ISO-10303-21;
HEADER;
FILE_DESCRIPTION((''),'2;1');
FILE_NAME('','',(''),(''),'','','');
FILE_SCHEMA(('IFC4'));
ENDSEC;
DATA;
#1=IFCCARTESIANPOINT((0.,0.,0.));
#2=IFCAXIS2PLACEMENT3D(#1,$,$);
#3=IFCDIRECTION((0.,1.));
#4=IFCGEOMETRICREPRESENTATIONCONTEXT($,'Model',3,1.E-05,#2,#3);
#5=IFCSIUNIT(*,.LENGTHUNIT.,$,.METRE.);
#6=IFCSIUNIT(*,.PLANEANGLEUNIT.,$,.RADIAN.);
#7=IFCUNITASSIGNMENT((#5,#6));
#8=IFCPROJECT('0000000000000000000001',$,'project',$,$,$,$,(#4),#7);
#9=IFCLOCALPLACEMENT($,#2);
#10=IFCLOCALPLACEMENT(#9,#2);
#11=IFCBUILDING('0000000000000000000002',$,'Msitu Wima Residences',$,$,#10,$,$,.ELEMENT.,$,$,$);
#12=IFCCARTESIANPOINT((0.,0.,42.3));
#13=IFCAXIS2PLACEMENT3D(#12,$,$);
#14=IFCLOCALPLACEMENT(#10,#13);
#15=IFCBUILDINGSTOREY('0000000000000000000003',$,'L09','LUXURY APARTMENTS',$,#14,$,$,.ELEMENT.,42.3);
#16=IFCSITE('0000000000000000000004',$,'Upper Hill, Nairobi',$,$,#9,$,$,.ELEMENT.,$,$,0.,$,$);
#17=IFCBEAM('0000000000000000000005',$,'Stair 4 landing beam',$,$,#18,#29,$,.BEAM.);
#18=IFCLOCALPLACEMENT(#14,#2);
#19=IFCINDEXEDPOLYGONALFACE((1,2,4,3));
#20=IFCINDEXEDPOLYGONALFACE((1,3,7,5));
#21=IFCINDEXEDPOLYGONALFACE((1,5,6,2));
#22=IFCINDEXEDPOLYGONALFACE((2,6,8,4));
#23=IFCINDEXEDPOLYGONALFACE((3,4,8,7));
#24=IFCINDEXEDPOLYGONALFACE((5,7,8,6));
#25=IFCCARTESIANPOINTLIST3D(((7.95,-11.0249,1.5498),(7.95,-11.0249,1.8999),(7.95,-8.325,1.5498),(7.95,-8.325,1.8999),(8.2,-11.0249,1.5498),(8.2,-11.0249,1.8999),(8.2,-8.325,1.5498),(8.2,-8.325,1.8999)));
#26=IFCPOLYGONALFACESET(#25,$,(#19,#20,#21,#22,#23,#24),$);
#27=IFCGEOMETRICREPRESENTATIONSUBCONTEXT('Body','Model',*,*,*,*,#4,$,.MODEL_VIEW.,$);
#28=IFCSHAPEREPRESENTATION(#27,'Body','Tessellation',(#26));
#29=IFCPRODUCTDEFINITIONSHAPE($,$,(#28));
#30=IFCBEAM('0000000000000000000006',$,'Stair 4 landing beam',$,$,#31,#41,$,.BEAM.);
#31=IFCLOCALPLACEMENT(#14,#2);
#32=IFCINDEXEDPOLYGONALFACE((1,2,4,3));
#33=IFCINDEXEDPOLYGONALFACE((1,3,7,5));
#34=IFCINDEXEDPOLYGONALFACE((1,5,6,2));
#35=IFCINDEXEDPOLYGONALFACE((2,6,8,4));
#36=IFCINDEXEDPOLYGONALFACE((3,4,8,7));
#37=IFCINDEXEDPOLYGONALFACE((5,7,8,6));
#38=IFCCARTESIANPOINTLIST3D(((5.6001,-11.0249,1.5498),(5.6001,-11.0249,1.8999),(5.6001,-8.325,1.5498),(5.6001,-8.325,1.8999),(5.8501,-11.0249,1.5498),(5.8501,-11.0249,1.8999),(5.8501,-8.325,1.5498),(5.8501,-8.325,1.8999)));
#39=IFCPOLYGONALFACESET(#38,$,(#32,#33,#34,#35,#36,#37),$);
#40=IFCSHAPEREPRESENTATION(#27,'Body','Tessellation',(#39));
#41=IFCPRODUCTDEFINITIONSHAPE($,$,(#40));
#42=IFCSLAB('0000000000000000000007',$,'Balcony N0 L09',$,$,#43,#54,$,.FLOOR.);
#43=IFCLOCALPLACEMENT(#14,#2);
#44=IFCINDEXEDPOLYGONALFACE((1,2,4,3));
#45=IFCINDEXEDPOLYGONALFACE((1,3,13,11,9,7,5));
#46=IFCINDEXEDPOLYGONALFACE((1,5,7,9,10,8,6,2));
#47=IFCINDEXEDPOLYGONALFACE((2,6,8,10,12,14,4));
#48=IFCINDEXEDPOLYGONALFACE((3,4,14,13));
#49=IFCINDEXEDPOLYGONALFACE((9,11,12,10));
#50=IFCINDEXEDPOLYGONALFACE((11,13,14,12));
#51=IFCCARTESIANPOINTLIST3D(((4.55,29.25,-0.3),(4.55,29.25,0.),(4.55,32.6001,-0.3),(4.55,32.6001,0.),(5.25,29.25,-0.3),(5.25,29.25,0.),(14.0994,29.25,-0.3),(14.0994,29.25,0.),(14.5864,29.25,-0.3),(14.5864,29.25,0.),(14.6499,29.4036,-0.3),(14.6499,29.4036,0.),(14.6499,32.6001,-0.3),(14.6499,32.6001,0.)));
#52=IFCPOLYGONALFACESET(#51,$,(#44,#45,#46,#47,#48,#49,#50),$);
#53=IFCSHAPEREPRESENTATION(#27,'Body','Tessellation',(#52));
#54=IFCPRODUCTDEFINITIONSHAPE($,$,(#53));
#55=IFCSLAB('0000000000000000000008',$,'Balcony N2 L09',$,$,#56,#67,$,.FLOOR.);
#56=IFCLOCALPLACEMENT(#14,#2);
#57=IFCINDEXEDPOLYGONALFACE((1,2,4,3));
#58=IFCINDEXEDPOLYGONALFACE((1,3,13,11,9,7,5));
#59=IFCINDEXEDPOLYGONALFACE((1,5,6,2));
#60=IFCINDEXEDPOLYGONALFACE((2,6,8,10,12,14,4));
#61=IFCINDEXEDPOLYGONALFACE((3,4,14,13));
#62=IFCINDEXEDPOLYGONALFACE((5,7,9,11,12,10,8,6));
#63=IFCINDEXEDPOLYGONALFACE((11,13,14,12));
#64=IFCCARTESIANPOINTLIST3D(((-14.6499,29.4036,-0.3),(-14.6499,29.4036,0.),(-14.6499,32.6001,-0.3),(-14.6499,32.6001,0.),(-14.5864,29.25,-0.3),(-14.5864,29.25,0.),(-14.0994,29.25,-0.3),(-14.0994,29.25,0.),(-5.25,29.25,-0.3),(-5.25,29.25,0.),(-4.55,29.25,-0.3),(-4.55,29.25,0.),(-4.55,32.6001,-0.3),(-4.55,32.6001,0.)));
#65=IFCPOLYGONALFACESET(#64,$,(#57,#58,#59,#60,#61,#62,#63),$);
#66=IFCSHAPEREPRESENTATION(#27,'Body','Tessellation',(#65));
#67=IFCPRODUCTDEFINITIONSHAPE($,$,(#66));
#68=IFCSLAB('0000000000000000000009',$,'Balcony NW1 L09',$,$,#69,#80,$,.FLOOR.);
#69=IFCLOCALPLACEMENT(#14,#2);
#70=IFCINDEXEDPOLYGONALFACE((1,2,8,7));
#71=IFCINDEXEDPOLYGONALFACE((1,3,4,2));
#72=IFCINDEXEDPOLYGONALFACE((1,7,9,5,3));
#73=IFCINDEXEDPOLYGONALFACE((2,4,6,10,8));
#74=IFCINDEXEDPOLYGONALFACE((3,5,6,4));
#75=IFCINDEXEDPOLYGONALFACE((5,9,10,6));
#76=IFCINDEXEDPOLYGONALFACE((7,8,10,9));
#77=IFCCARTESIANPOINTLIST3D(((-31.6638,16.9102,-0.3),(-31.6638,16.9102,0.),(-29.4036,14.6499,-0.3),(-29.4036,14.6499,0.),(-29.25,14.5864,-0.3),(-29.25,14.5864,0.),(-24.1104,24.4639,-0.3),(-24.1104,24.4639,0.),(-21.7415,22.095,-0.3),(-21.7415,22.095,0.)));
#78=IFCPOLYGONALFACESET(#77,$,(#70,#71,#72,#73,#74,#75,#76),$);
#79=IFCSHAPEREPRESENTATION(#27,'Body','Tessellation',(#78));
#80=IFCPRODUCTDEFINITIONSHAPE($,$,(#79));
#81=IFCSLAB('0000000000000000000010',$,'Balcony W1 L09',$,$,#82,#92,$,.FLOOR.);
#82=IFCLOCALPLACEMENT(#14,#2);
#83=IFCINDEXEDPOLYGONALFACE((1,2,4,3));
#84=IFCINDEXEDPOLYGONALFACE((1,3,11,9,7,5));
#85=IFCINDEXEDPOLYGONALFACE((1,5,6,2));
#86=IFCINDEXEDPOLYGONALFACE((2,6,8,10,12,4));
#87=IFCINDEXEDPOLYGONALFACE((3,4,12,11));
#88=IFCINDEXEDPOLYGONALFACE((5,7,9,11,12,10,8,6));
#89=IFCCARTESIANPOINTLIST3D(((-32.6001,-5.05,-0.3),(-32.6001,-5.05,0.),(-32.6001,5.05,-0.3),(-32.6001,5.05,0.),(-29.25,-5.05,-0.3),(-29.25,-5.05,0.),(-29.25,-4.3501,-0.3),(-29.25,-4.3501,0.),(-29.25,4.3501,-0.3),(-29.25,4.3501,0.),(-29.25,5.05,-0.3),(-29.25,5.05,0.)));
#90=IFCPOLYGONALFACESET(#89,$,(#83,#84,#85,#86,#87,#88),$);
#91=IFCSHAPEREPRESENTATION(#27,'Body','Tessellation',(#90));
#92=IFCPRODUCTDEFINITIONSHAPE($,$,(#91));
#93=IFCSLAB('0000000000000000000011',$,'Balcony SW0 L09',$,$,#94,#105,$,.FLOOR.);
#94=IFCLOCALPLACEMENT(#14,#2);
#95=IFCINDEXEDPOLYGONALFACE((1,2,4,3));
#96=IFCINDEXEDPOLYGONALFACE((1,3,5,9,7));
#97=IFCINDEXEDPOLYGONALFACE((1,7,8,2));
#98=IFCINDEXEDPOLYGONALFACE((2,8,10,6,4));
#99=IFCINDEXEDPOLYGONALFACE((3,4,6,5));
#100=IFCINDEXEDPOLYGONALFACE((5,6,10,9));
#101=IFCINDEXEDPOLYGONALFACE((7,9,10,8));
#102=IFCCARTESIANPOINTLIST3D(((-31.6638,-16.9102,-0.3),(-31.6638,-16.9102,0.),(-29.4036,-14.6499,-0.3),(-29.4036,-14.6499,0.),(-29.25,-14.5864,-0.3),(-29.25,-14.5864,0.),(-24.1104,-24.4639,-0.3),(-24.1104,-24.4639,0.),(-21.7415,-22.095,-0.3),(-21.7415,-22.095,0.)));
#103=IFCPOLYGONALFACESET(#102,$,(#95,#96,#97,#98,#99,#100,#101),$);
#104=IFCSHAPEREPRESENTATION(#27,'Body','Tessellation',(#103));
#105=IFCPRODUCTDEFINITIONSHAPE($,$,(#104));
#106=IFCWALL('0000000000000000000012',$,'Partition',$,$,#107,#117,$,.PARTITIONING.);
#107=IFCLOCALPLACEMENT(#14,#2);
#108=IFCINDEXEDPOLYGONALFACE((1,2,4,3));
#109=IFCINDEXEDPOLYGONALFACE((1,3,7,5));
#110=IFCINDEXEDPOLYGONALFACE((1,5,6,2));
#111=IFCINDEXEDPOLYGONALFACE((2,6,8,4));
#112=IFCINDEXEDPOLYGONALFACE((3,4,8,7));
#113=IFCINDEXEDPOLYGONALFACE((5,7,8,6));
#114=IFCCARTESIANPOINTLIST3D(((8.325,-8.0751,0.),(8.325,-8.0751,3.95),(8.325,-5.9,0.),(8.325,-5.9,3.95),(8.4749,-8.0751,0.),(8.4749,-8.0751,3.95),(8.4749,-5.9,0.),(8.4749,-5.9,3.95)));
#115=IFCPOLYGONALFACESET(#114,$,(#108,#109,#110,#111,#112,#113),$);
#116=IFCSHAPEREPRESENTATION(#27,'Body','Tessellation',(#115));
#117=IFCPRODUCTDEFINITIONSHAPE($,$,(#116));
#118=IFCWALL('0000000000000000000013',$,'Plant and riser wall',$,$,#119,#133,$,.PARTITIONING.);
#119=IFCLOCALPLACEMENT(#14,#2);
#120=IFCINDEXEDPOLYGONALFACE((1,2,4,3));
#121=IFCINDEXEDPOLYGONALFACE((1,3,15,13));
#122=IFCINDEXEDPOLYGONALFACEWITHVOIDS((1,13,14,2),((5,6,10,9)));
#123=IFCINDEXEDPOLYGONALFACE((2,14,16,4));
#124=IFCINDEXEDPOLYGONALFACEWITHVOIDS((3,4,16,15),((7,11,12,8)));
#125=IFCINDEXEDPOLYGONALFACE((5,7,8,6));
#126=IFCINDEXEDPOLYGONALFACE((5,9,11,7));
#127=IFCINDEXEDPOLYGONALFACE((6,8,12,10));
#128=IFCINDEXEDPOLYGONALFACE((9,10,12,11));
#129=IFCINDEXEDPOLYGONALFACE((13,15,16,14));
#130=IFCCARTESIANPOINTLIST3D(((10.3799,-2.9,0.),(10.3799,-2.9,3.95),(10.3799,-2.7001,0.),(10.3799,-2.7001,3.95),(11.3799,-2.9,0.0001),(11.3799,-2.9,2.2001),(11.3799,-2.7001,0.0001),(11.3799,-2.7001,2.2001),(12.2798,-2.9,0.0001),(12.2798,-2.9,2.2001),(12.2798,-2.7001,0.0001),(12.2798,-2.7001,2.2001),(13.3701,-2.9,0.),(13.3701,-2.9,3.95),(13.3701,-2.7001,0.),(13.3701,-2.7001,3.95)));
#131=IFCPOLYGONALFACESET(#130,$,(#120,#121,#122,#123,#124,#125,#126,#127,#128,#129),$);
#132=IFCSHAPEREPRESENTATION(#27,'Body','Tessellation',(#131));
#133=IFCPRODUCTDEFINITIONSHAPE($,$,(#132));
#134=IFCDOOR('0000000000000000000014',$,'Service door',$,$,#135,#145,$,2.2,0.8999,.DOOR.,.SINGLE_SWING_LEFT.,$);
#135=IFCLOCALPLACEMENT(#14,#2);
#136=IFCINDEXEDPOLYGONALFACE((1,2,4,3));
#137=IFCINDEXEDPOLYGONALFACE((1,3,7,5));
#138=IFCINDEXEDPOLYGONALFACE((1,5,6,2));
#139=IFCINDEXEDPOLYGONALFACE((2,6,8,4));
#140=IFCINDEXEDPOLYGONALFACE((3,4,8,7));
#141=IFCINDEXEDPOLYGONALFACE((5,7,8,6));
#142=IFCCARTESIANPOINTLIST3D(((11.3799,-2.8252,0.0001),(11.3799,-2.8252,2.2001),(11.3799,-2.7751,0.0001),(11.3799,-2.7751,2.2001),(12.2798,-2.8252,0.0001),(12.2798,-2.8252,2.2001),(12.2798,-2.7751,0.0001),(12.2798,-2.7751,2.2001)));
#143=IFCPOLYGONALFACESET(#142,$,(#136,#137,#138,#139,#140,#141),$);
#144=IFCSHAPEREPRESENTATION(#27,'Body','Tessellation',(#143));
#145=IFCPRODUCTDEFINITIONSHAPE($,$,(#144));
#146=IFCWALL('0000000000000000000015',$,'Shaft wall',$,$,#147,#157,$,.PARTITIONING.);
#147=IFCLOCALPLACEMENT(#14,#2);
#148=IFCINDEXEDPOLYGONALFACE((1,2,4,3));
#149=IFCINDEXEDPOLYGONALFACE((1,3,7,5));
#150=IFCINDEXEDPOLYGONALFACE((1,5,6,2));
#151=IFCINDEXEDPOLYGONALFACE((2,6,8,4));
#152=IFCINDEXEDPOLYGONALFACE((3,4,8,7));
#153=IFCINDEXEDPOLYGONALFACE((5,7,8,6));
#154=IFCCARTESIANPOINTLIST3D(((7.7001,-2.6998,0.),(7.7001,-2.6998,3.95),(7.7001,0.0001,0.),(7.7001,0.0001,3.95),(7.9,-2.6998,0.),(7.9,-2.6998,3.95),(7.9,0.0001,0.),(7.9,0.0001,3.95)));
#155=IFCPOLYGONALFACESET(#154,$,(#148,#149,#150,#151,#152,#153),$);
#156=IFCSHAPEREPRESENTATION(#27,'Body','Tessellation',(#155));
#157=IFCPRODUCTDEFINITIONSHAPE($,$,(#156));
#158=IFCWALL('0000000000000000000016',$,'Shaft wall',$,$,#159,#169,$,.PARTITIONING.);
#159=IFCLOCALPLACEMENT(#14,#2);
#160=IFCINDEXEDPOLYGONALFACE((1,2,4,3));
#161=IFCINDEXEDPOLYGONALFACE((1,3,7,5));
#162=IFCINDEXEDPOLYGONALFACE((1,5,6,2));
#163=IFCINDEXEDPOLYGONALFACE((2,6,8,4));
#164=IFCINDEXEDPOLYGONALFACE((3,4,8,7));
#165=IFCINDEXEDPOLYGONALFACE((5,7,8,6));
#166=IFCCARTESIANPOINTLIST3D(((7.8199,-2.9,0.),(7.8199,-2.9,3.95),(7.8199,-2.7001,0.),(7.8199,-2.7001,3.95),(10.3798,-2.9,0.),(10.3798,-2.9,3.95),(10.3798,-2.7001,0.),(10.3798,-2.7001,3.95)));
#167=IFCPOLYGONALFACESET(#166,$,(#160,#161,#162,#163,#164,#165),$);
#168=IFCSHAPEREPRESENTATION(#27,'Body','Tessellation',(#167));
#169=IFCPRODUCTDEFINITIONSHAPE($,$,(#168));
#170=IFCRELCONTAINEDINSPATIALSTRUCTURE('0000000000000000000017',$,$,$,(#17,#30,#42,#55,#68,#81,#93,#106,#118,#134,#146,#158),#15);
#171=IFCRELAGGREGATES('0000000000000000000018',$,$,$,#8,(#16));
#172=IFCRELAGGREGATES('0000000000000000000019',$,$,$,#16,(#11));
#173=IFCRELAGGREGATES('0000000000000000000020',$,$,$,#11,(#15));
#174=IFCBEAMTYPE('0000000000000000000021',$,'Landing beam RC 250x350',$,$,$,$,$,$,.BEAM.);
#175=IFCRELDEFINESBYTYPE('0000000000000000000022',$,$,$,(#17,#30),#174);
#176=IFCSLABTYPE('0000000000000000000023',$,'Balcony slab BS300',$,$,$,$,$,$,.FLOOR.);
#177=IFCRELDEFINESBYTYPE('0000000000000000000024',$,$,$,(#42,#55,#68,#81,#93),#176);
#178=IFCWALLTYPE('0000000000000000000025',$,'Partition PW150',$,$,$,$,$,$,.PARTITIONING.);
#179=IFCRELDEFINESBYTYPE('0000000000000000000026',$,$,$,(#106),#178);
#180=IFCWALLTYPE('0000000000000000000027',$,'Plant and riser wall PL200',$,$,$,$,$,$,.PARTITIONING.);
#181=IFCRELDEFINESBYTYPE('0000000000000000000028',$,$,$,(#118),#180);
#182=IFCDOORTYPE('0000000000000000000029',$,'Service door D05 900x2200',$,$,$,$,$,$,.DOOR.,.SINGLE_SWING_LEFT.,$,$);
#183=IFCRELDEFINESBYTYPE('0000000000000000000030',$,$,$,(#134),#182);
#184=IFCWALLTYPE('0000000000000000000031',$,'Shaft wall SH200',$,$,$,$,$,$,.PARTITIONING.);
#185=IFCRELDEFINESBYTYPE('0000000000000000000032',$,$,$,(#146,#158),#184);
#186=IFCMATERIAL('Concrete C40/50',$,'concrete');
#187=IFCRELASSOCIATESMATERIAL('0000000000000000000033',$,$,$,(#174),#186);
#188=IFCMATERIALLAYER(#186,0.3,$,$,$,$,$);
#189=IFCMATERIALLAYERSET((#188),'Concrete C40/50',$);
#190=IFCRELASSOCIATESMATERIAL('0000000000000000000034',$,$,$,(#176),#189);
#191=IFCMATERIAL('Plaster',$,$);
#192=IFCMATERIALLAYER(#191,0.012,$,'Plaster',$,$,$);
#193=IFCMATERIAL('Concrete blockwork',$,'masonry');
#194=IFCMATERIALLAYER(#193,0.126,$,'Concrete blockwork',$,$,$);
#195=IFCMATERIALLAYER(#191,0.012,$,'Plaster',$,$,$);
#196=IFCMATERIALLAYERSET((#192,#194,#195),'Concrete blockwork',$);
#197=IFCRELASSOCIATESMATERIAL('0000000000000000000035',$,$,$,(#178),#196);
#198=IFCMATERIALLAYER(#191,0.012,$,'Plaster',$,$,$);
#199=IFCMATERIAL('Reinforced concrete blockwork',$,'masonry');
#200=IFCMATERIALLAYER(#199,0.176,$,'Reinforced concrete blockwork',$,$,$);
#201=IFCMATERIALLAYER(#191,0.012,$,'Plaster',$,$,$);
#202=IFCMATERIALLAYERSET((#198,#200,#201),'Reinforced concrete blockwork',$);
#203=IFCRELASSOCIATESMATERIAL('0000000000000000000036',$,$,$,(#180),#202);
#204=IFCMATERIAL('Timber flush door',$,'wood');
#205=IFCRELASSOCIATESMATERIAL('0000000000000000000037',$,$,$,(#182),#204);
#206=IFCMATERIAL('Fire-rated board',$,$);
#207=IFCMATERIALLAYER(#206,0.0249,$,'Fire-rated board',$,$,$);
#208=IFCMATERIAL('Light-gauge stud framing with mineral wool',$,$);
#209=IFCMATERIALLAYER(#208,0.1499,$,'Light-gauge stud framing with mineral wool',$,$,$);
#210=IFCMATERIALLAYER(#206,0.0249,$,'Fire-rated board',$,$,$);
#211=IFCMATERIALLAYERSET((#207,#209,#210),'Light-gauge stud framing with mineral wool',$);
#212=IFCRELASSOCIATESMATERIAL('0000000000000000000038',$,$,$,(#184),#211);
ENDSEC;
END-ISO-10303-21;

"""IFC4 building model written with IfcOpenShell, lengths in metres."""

from ifc_helpers import new_model, si_unit, direction, frame, frame_2d, origin, origin_2d, place, context, subcontext, project, spatial, polyline, rectangle, outline, extrude, material, layer, layer_set, material_profile, profile_set, type_object, element, fill, save


model = new_model("IFC4")

# Units and contexts
model_context = context("Model", 3, precision=1e-05, world=origin(), true_north=direction((0.0, 1.0)))
body_context = subcontext(model_context, "Body", "Model", "MODEL_VIEW")
ifc_project = project(units=[si_unit("LENGTHUNIT", "METRE"), si_unit("PLANEANGLEUNIT", "RADIAN")], contexts=[model_context])

# Site, building, storey
site_placement = place(None, origin())
site = spatial("IfcSite", under=ifc_project, at=site_placement, Name="Upper Hill, Nairobi", CompositionType="ELEMENT", RefElevation=0.0)
building_placement = place(site_placement, origin())
building = spatial("IfcBuilding", under=site, at=building_placement, Name="Msitu Wima Residences", CompositionType="ELEMENT")
storey_placement = place(building_placement, frame((0.0, 0.0, 42.3)))
storey = spatial("IfcBuildingStorey", under=building, at=storey_placement, Name="L09", Description="LUXURY APARTMENTS", CompositionType="ELEMENT", Elevation=42.3)

# Beams
ifc_material_1 = material(Name="Concrete C40/50", Category="concrete")
ifc_material_profile = material_profile(ifc_material_1, rectangle(XDim=0.25, YDim=0.3501, at=origin_2d()), Name="RC 250x350")
ifc_profile_set = profile_set([ifc_material_profile], Name="Concrete C40/50")
beam_type = type_object("IfcBeamType", Name="Landing beam RC 250x350", PredefinedType="BEAM", material=ifc_profile_set)
for number, where, z_axis, x_axis, name in (
    (1, (8.075, -11.0249, 1.7249), (0.0, 1.0, 0.0), (-1.0, 0.0, 0.0), "Stair 4 landing beam"),
    (2, (5.7251, -11.0249, 1.7249), (0.0, 1.0, 0.0), (-1.0, 0.0, 0.0), "Stair 4 landing beam"),
):
    element("IfcBeam", number, at=place(storey_placement, frame(where, z_axis=z_axis, x_axis=x_axis)), inside=storey, type_object=beam_type, Name=name, PredefinedType="BEAM", context=body_context, shape_type="SweptSolid", body=[
        extrude(rectangle(XDim=0.25, YDim=0.3501, at=origin_2d()), origin(), (0.0, 0.0, 1.0), 2.7),
    ])

# Slabs
ifc_layer_1 = layer(ifc_material_1, 0.3)
ifc_layer_set_1 = layer_set([ifc_layer_1], Name="Concrete C40/50")
slab_type = type_object("IfcSlabType", Name="Balcony slab BS300", PredefinedType="FLOOR", material=ifc_layer_set_1)
slab_1_placement = place(storey_placement, frame((0.0, 0.0, -0.3)))
element("IfcSlab", 3, at=slab_1_placement, inside=storey, type_object=slab_type, Name="Balcony N0 L09", PredefinedType="FLOOR", context=body_context, shape_type="SweptSolid", body=[
    extrude(outline(polyline([(14.0994, 29.25), (14.0994, 29.25), (5.25, 29.25), (4.55, 29.25), (4.55, 32.6001), (14.6499, 32.6001), (14.6499, 29.4036), (14.5864, 29.25), (14.0994, 29.25), (14.0994, 29.25)])), origin(), (0.0, 0.0, 1.0), 0.3),
])
slab_2_placement = place(storey_placement, frame((0.0, 0.0, -0.3)))
element("IfcSlab", 4, at=slab_2_placement, inside=storey, type_object=slab_type, Name="Balcony N2 L09", PredefinedType="FLOOR", context=body_context, shape_type="SweptSolid", body=[
    extrude(outline(polyline([(-14.0994, 29.25), (-14.0994, 29.25), (-14.0994, 29.25), (-14.5864, 29.25), (-14.6499, 29.4036), (-14.6499, 32.6001), (-4.55, 32.6001), (-4.55, 29.25), (-5.25, 29.25), (-14.0994, 29.25)])), origin(), (0.0, 0.0, 1.0), 0.3),
])
slab_3_placement = place(storey_placement, frame((0.0, 0.0, -0.3)))
element("IfcSlab", 5, at=slab_3_placement, inside=storey, type_object=slab_type, Name="Balcony NW1 L09", PredefinedType="FLOOR", context=body_context, shape_type="SweptSolid", body=[
    extrude(outline(polyline([(-31.6638, 16.9102), (-24.1104, 24.4639), (-21.7415, 22.095), (-29.25, 14.5864), (-29.4036, 14.6499), (-31.6638, 16.9102)])), origin(), (0.0, 0.0, 1.0), 0.3),
])
slab_4_placement = place(storey_placement, frame((0.0, 0.0, -0.3)))
element("IfcSlab", 6, at=slab_4_placement, inside=storey, type_object=slab_type, Name="Balcony W1 L09", PredefinedType="FLOOR", context=body_context, shape_type="SweptSolid", body=[
    extrude(outline(polyline([(-29.25, 4.3501), (-29.25, -4.3501), (-29.25, -5.05), (-32.6001, -5.05), (-32.6001, 5.05), (-29.25, 5.05), (-29.25, 4.3501)])), origin(), (0.0, 0.0, 1.0), 0.3),
])
slab_5_placement = place(storey_placement, frame((0.0, 0.0, -0.3)))
element("IfcSlab", 7, at=slab_5_placement, inside=storey, type_object=slab_type, Name="Balcony SW0 L09", PredefinedType="FLOOR", context=body_context, shape_type="SweptSolid", body=[
    extrude(outline(polyline([(-24.1104, -24.4639), (-31.6638, -16.9102), (-29.4036, -14.6499), (-29.25, -14.5864), (-21.7415, -22.095), (-24.1104, -24.4639)])), origin(), (0.0, 0.0, 1.0), 0.3),
])

# Wall
ifc_material_2 = material(Name="Plaster")
ifc_layer_2 = layer(ifc_material_2, 0.012, Name="Plaster")
ifc_material_3 = material(Name="Concrete blockwork", Category="masonry")
ifc_layer_3 = layer(ifc_material_3, 0.126, Name="Concrete blockwork")
ifc_layer_4 = layer(ifc_material_2, 0.012, Name="Plaster")
ifc_layer_set_2 = layer_set([ifc_layer_2, ifc_layer_3, ifc_layer_4], Name="Concrete blockwork")
wall_type_1 = type_object("IfcWallType", Name="Partition PW150", PredefinedType="PARTITIONING", material=ifc_layer_set_2)
wall_1_placement = place(storey_placement, frame((8.3999, -8.075, 0.0), z_axis=(0.0, 0.0, 1.0), x_axis=(0.0, 1.0, 0.0)))
element("IfcWall", 8, at=wall_1_placement, inside=storey, type_object=wall_type_1, Name="Partition", PredefinedType="PARTITIONING", context=body_context, shape_type="SweptSolid", body=[
    extrude(rectangle(XDim=2.175, YDim=0.1499, at=frame_2d((1.0874, 0.0))), origin(), (0.0, 0.0, 1.0), 3.95),
])

# Wall, opening, door
ifc_layer_5 = layer(ifc_material_2, 0.012, Name="Plaster")
ifc_material_4 = material(Name="Reinforced concrete blockwork", Category="masonry")
ifc_layer_6 = layer(ifc_material_4, 0.176, Name="Reinforced concrete blockwork")
ifc_layer_7 = layer(ifc_material_2, 0.012, Name="Plaster")
ifc_layer_set_3 = layer_set([ifc_layer_5, ifc_layer_6, ifc_layer_7], Name="Reinforced concrete blockwork")
wall_type_2 = type_object("IfcWallType", Name="Plant and riser wall PL200", PredefinedType="PARTITIONING", material=ifc_layer_set_3)
wall_2_placement = place(storey_placement, frame((10.3799, -2.8, 0.0), z_axis=(0.0, 0.0, 1.0), x_axis=(1.0, 0.0, 0.0)))
wall_2 = element("IfcWall", 9, at=wall_2_placement, inside=storey, type_object=wall_type_2, Name="Plant and riser wall", PredefinedType="PARTITIONING", context=body_context, shape_type="SweptSolid", body=[
    extrude(rectangle(XDim=2.9902, YDim=0.2, at=frame_2d((1.4951, 0.0))), origin(), (0.0, 0.0, 1.0), 3.95),
])
opening_placement = place(wall_2_placement, frame((1.0, 0.0, 0.0)))
opening = element("IfcOpeningElement", 10, at=opening_placement, cuts=wall_2, PredefinedType="OPENING", context=body_context, shape_type="SweptSolid", body=[
    extrude(rectangle(XDim=0.8999, YDim=2.2, at=frame_2d((0.45, 1.1001))), frame((0.0, 0.1099, 0.0), z_axis=(0.0, -1.0, 0.0), x_axis=(1.0, 0.0, 0.0)), (0.0, 0.0, 1.0), 0.22),
])
ifc_material_5 = material(Name="Timber flush door", Category="wood")
door_type = type_object("IfcDoorType", Name="Service door D05 900x2200", OperationType="SINGLE_SWING_LEFT", PredefinedType="DOOR", material=ifc_material_5)
door_placement = place(opening_placement, origin())
door = element("IfcDoor", 11, at=door_placement, inside=storey, type_object=door_type, Name="Service door", OperationType="SINGLE_SWING_LEFT", OverallHeight=2.2, OverallWidth=0.8999, PredefinedType="DOOR", context=body_context, shape_type="SweptSolid", body=[
    extrude(rectangle(XDim=0.8999, YDim=2.2, at=frame_2d((0.45, 1.1001))), frame((0.0, 0.0249, 0.0), z_axis=(0.0, -1.0, 0.0), x_axis=(1.0, 0.0, 0.0)), (0.0, 0.0, 1.0), 0.05),
])
fill(opening, door)

# Walls
ifc_material_6 = material(Name="Fire-rated board")
ifc_layer_8 = layer(ifc_material_6, 0.0249, Name="Fire-rated board")
ifc_material_7 = material(Name="Light-gauge stud framing with mineral wool")
ifc_layer_9 = layer(ifc_material_7, 0.1499, Name="Light-gauge stud framing with mineral wool")
ifc_layer_10 = layer(ifc_material_6, 0.0249, Name="Fire-rated board")
ifc_layer_set_4 = layer_set([ifc_layer_8, ifc_layer_9, ifc_layer_10], Name="Light-gauge stud framing with mineral wool")
wall_type_3 = type_object("IfcWallType", Name="Shaft wall SH200", PredefinedType="PARTITIONING", material=ifc_layer_set_4)
wall_3_placement = place(storey_placement, frame((7.8, -2.7, 0.0), z_axis=(0.0, 0.0, 1.0), x_axis=(0.0, 1.0, 0.0)))
element("IfcWall", 12, at=wall_3_placement, inside=storey, type_object=wall_type_3, Name="Shaft wall", PredefinedType="PARTITIONING", context=body_context, shape_type="SweptSolid", body=[
    extrude(rectangle(XDim=2.7, YDim=0.2, at=frame_2d((1.3501, 0.0))), origin(), (0.0, 0.0, 1.0), 3.95),
])
wall_4_placement = place(storey_placement, frame((7.8201, -2.8, 0.0), z_axis=(0.0, 0.0, 1.0), x_axis=(1.0, 0.0, 0.0)))
element("IfcWall", 13, at=wall_4_placement, inside=storey, type_object=wall_type_3, Name="Shaft wall", PredefinedType="PARTITIONING", context=body_context, shape_type="SweptSolid", body=[
    extrude(rectangle(XDim=2.5598, YDim=0.2, at=frame_2d((1.2798, 0.0))), origin(), (0.0, 0.0, 1.0), 3.95),
])

save(model, "model.ifc")
